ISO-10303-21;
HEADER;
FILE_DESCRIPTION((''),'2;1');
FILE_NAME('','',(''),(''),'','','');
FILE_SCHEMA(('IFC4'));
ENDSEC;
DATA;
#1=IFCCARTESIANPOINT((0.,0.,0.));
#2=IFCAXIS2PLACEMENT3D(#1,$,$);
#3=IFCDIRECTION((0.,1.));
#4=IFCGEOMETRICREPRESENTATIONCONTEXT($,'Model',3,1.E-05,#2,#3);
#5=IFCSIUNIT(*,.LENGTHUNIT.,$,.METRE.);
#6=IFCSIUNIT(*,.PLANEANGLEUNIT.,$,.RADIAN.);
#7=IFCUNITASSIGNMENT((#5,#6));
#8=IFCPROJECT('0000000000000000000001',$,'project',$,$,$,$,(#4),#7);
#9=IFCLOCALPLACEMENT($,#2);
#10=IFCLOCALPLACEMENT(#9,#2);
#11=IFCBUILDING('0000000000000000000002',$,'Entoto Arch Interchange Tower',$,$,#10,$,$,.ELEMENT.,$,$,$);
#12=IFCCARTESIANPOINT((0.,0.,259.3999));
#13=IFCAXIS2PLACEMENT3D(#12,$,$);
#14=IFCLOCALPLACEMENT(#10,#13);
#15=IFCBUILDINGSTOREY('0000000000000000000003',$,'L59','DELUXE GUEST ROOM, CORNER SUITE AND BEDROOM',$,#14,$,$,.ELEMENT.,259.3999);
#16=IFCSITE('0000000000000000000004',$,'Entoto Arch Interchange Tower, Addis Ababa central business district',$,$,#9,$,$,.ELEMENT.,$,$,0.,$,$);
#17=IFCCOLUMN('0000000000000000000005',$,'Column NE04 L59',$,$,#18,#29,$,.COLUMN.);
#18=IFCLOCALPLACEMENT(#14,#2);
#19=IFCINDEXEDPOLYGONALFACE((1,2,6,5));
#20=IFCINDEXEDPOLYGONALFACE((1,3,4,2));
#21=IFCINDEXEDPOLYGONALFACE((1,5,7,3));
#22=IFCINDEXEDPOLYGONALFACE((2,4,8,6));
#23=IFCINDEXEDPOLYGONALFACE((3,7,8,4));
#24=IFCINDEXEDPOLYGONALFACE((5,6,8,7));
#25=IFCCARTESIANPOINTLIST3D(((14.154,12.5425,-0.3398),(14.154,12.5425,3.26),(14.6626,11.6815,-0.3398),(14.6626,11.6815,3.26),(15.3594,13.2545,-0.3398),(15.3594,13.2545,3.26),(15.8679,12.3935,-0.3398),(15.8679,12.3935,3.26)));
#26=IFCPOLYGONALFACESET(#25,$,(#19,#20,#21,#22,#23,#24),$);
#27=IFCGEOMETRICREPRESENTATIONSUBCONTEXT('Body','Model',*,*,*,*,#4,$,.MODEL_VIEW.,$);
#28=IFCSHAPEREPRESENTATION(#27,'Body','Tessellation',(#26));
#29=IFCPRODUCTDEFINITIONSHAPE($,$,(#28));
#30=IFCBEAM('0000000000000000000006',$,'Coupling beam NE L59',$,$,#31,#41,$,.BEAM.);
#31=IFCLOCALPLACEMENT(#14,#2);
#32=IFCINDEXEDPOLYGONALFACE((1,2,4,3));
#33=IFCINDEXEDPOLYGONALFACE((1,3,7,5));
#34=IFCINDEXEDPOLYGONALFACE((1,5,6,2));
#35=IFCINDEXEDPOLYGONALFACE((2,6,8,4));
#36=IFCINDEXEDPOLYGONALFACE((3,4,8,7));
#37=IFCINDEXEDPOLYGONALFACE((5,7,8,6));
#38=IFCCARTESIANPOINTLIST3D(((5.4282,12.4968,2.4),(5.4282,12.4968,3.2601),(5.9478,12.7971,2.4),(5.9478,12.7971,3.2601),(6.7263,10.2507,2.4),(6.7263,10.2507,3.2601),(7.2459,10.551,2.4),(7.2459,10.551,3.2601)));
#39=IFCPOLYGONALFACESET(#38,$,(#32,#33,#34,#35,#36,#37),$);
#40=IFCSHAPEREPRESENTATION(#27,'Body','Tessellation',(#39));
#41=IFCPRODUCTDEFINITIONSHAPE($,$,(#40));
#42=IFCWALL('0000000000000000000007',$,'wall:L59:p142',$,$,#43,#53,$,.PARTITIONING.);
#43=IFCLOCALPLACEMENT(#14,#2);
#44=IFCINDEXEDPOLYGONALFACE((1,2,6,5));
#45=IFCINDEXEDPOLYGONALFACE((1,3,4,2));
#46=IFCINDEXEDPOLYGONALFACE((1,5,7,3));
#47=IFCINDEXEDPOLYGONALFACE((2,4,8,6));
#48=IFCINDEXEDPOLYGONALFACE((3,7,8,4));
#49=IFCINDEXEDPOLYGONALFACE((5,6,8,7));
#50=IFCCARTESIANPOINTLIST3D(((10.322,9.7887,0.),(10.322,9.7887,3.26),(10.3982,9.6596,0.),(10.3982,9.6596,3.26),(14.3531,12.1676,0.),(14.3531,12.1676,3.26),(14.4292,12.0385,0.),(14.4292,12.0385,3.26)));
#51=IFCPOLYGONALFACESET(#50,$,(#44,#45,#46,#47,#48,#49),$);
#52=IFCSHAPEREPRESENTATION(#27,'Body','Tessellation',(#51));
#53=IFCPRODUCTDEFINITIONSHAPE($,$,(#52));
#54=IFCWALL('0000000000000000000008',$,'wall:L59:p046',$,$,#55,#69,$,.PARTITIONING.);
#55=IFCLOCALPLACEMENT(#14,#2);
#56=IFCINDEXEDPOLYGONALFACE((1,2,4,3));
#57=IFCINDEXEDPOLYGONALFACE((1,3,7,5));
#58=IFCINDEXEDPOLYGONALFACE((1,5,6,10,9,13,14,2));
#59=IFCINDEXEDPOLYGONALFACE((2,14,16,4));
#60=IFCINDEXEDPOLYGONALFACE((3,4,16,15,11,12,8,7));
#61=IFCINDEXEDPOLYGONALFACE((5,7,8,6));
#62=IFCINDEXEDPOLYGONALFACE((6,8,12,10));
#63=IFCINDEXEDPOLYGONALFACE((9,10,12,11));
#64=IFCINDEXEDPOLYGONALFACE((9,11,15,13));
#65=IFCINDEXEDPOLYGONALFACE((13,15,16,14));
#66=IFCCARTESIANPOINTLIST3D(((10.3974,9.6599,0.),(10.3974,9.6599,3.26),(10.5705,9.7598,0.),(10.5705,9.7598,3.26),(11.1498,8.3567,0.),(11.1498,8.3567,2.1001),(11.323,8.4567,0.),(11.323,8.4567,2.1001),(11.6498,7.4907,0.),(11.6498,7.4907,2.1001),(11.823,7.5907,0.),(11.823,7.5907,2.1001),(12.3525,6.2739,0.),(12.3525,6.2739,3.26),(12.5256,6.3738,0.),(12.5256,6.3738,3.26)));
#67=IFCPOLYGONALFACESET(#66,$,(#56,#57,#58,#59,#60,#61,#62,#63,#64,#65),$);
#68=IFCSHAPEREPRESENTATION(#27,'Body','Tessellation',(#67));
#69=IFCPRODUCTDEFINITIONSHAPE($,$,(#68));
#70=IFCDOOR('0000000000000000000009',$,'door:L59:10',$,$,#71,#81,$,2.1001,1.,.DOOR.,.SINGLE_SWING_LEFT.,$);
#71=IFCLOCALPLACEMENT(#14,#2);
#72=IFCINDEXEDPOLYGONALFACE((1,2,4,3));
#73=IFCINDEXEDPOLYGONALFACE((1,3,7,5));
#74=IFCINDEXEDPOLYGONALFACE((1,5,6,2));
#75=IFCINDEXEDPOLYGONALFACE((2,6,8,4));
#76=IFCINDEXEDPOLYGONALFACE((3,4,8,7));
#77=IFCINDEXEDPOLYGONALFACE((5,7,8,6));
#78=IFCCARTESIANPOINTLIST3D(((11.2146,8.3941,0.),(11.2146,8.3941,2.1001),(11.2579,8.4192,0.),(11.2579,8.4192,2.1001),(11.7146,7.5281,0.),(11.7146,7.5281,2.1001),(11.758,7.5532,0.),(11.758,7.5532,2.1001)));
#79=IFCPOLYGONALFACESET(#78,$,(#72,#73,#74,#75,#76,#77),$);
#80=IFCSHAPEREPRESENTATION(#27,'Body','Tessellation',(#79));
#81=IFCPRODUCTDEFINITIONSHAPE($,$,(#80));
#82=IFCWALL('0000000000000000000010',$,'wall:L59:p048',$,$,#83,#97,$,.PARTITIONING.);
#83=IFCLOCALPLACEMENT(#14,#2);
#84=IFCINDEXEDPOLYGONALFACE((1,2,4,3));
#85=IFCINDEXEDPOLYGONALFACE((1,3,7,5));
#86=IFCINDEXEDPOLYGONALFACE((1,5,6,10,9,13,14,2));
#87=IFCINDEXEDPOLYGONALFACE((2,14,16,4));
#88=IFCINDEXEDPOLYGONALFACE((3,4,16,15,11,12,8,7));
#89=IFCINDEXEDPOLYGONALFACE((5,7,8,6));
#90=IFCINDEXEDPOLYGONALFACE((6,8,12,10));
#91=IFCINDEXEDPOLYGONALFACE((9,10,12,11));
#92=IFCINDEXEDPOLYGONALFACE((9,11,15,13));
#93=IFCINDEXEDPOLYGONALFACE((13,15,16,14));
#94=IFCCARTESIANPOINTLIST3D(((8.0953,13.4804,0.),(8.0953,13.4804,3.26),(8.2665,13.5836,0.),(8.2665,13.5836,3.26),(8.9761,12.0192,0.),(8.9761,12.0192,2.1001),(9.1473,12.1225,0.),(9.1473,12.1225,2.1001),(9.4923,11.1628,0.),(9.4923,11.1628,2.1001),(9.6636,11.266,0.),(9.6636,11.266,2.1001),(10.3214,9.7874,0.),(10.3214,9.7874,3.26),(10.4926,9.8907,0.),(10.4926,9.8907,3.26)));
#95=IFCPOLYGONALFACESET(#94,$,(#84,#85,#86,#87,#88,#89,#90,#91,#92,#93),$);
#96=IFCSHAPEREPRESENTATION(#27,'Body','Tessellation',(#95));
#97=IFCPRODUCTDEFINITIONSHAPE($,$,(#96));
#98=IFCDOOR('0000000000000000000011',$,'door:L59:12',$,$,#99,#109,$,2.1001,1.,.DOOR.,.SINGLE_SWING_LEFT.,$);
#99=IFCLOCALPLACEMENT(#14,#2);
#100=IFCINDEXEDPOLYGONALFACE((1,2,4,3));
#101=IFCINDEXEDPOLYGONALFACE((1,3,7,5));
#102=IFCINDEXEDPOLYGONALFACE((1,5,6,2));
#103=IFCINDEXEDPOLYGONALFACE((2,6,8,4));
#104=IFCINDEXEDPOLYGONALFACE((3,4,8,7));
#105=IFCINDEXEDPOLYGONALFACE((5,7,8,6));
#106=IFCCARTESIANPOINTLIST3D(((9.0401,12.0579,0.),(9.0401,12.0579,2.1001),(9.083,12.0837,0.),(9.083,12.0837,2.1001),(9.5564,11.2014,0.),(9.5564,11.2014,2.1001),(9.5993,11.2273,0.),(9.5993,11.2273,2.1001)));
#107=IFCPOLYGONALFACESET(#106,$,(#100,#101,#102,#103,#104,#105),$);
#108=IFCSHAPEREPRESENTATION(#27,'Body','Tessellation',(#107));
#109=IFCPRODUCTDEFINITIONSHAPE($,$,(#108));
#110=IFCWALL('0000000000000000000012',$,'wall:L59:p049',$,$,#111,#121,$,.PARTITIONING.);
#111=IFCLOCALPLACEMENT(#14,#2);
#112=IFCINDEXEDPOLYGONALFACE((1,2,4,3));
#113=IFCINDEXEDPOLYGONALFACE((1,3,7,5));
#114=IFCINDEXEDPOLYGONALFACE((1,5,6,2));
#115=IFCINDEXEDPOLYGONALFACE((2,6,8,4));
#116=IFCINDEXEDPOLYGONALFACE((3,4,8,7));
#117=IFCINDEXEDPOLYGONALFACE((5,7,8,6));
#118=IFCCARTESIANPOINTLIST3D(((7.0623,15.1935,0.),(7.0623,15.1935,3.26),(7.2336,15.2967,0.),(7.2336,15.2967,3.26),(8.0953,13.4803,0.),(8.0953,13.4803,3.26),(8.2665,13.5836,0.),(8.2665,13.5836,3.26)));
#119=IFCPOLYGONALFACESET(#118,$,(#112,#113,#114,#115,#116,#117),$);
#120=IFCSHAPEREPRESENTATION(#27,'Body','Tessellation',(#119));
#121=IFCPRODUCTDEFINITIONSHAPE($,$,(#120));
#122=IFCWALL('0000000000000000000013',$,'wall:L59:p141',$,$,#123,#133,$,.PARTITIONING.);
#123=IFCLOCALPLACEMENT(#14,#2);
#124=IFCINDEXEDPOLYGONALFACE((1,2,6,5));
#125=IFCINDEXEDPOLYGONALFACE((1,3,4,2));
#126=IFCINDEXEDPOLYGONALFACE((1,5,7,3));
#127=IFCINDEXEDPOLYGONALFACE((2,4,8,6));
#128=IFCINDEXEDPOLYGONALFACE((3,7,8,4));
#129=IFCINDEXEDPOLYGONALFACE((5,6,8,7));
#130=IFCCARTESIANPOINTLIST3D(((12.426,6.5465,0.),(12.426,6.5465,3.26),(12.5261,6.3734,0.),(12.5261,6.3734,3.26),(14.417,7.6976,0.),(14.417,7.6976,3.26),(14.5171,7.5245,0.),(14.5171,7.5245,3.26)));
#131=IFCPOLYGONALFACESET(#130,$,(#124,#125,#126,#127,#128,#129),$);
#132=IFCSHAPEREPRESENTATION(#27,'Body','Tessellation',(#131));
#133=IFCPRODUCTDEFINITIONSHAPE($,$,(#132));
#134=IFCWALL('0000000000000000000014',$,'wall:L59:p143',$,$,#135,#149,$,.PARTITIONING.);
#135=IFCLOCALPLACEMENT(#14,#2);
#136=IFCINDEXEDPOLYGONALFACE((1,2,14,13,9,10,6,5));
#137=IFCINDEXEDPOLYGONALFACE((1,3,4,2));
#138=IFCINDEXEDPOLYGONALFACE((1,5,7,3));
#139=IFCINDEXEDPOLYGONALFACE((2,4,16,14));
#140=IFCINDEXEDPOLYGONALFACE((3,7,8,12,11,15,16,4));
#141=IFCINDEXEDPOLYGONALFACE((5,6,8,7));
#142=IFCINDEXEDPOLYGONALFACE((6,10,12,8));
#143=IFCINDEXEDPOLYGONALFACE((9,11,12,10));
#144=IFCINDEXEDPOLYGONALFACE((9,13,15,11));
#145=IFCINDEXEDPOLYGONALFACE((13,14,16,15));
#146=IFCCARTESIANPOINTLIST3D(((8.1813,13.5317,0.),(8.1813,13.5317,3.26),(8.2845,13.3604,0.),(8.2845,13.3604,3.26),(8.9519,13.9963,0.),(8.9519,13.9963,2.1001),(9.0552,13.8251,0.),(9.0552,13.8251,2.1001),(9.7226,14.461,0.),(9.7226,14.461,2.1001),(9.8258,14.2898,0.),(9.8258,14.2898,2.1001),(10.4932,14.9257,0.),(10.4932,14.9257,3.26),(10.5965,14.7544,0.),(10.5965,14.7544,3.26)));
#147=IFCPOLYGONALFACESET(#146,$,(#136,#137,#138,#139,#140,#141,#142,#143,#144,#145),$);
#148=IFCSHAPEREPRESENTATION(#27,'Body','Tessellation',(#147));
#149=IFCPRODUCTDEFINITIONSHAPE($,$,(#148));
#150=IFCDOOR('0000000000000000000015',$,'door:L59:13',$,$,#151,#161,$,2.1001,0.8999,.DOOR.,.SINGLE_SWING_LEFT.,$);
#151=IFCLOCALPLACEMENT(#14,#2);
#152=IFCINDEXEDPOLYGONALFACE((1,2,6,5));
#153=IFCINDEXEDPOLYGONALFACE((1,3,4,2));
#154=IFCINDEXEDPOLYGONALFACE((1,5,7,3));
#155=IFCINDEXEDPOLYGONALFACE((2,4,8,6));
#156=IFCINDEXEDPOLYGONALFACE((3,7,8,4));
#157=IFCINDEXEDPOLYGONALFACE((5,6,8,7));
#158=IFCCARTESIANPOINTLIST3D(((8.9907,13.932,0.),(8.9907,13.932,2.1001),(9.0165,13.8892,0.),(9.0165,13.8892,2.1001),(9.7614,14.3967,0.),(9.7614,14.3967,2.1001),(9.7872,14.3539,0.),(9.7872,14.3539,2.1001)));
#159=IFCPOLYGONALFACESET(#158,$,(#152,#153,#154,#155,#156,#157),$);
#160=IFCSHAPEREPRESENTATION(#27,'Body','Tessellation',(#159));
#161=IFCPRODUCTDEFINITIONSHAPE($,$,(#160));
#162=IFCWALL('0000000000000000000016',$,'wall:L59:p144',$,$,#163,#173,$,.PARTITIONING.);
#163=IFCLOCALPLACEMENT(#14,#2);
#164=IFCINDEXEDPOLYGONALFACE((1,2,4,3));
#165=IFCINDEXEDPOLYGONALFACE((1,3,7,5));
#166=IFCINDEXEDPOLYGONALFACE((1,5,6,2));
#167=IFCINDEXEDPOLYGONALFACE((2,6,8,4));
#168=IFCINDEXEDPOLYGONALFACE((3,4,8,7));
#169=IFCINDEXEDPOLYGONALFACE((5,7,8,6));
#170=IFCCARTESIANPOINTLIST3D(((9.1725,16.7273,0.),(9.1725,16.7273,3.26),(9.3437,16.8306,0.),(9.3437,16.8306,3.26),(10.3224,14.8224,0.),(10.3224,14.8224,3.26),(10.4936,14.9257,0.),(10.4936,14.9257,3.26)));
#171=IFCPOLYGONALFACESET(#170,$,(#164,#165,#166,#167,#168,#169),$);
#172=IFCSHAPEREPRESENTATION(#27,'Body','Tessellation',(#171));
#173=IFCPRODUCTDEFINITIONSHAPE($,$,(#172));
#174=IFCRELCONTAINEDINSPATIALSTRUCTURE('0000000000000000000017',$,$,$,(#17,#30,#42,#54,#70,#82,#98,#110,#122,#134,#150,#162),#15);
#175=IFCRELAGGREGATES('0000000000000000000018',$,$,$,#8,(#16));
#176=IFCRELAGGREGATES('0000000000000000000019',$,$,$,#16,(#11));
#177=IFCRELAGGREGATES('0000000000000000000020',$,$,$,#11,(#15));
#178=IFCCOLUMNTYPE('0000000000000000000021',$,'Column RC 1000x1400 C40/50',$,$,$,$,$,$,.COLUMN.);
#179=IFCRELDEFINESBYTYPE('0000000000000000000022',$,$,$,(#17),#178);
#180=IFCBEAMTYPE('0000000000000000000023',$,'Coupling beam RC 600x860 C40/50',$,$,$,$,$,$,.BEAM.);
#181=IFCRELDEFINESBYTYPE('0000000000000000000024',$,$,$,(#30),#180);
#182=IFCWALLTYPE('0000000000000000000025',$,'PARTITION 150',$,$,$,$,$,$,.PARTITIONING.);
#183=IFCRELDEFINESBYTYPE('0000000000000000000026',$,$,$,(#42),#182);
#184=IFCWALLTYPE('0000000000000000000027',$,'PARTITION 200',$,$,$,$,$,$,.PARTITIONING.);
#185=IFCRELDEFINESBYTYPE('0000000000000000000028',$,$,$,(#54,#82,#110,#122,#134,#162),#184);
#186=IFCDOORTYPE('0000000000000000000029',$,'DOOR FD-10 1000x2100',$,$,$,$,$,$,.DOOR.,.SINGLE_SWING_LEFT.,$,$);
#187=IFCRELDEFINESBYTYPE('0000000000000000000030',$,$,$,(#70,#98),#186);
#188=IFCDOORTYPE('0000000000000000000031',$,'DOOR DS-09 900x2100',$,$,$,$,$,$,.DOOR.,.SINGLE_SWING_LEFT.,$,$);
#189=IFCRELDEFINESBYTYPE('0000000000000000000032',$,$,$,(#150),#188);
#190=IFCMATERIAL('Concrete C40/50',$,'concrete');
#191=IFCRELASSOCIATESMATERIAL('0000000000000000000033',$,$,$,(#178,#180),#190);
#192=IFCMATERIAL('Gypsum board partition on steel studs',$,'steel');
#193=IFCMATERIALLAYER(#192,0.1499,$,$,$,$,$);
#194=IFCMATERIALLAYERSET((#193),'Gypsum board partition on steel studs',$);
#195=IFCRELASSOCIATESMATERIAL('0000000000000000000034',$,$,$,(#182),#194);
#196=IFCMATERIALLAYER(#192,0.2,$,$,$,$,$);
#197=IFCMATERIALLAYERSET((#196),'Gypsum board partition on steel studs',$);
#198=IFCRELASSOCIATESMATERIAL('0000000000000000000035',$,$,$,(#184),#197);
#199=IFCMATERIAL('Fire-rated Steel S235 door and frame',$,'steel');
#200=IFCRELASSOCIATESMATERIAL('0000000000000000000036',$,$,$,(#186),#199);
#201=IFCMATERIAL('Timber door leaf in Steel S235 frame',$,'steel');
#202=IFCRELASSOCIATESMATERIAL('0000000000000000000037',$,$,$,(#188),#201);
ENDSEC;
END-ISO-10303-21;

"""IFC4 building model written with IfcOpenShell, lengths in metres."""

from ifc_helpers import new_model, si_unit, direction, frame, frame_2d, origin, origin_2d, place, context, subcontext, project, spatial, rectangle, extrude, material, layer, layer_set, material_profile, profile_set, type_object, element, fill, save


model = new_model("IFC4")

# Units and contexts
model_context = context("Model", 3, precision=1e-05, world=origin(), true_north=direction((0.0, 1.0)))
body_context = subcontext(model_context, "Body", "Model", "MODEL_VIEW")
ifc_project = project(units=[si_unit("LENGTHUNIT", "METRE"), si_unit("PLANEANGLEUNIT", "RADIAN")], contexts=[model_context])

# Site, building, storey
site_placement = place(None, origin())
site = spatial("IfcSite", under=ifc_project, at=site_placement, Name="Entoto Arch Interchange Tower, Addis Ababa central business district", CompositionType="ELEMENT", RefElevation=0.0)
building_placement = place(site_placement, origin())
building = spatial("IfcBuilding", under=site, at=building_placement, Name="Entoto Arch Interchange Tower", CompositionType="ELEMENT")
storey_placement = place(building_placement, frame((0.0, 0.0, 259.3999)))
storey = spatial("IfcBuildingStorey", under=building, at=storey_placement, Name="L59", Description="DELUXE GUEST ROOM, CORNER SUITE AND BEDROOM", CompositionType="ELEMENT", Elevation=259.3999)

# Column
ifc_material_1 = material(Name="Concrete C40/50", Category="concrete")
ifc_material_profile_1 = material_profile(ifc_material_1, rectangle(XDim=1.0, YDim=1.3999, at=origin_2d()))
ifc_profile_set_1 = profile_set([ifc_material_profile_1], Name="Concrete C40/50")
column_type = type_object("IfcColumnType", Name="Column RC 1000x1400 C40/50", PredefinedType="COLUMN", material=ifc_profile_set_1)
column_placement = place(storey_placement, frame((15.011, 12.468, -0.3398), z_axis=(0.0, 0.0, 1.0), x_axis=(-0.508576, 0.861017, 0.0)))
element("IfcColumn", 1, at=column_placement, inside=storey, type_object=column_type, Name="Column NE04 L59", PredefinedType="COLUMN", context=body_context, shape_type="SweptSolid", body=[
    extrude(rectangle(XDim=1.0, YDim=1.3999, at=origin_2d()), origin(), (0.0, 0.0, 1.0), 3.5999),
])

# Beam
ifc_material_profile_2 = material_profile(ifc_material_1, rectangle(XDim=0.6001, YDim=0.8601, at=origin_2d()))
ifc_profile_set_2 = profile_set([ifc_material_profile_2], Name="Concrete C40/50")
beam_type = type_object("IfcBeamType", Name="Coupling beam RC 600x860 C40/50", PredefinedType="BEAM", material=ifc_profile_set_2)
beam_placement = place(storey_placement, frame((6.9861, 10.4009, 2.8301), z_axis=(-0.50038, 0.865806, 0.0), x_axis=(-0.865806, -0.50038, 0.0)))
element("IfcBeam", 2, at=beam_placement, inside=storey, type_object=beam_type, Name="Coupling beam NE L59", PredefinedType="BEAM", context=body_context, shape_type="SweptSolid", body=[
    extrude(rectangle(XDim=0.6001, YDim=0.8601, at=origin_2d()), origin(), (0.0, 0.0, 1.0), 2.5942),
])

# Wall
ifc_material_2 = material(Name="Gypsum board partition on steel studs", Category="steel")
ifc_layer_1 = layer(ifc_material_2, 0.1499)
ifc_layer_set_1 = layer_set([ifc_layer_1], Name="Gypsum board partition on steel studs")
wall_type_1 = type_object("IfcWallType", Name="PARTITION 150", PredefinedType="PARTITIONING", material=ifc_layer_set_1)
wall_1_placement = place(storey_placement, frame((10.3601, 9.7241, 0.0), z_axis=(0.0, 0.0, 1.0), x_axis=(0.861212, 0.508246, 0.0)))
element("IfcWall", 3, at=wall_1_placement, inside=storey, type_object=wall_type_1, Name="wall:L59:p142", PredefinedType="PARTITIONING", context=body_context, shape_type="SweptSolid", body=[
    extrude(rectangle(XDim=4.6807, YDim=0.1499, at=frame_2d((2.3403, 0.0))), origin(), (0.0, 0.0, 1.0), 3.26),
])

# Walls, openings, doors
ifc_layer_2 = layer(ifc_material_2, 0.2)
ifc_layer_set_2 = layer_set([ifc_layer_2], Name="Gypsum board partition on steel studs")
wall_type_2 = type_object("IfcWallType", Name="PARTITION 200", PredefinedType="PARTITIONING", material=ifc_layer_set_2)
wall_2_placement = place(storey_placement, frame((10.4839, 9.71, 0.0), z_axis=(0.0, 0.0, 1.0), x_axis=(0.500034, -0.866006, 0.0)))
wall_2 = element("IfcWall", 4, at=wall_2_placement, inside=storey, type_object=wall_type_2, Name="wall:L59:p046", PredefinedType="PARTITIONING", context=body_context, shape_type="SweptSolid", body=[
    extrude(rectangle(XDim=3.9099, YDim=0.2, at=frame_2d((1.9551, 0.0))), origin(), (0.0, 0.0, 1.0), 3.26),
])
opening_1_placement = place(wall_2_placement, frame((1.5049, 0.0, 0.0)))
opening_1 = element("IfcOpeningElement", 5, at=opening_1_placement, cuts=wall_2, PredefinedType="OPENING", context=body_context, shape_type="SweptSolid", body=[
    extrude(rectangle(XDim=1.0, YDim=2.1001, at=frame_2d((0.5, 1.05))), frame((0.0, 0.1099, 0.0), z_axis=(0.0, -1.0, 0.0), x_axis=(1.0, 0.0, 0.0)), (0.0, 0.0, 1.0), 0.22),
])
ifc_material_3 = material(Name="Fire-rated Steel S235 door and frame", Category="steel")
door_type_1 = type_object("IfcDoorType", Name="DOOR FD-10 1000x2100", OperationType="SINGLE_SWING_LEFT", PredefinedType="DOOR", material=ifc_material_3)
door_1_placement = place(opening_1_placement, origin())
door_1 = element("IfcDoor", 6, at=door_1_placement, inside=storey, type_object=door_type_1, Name="door:L59:10", OperationType="SINGLE_SWING_LEFT", OverallHeight=2.1001, OverallWidth=1.0, PredefinedType="DOOR", context=body_context, shape_type="SweptSolid", body=[
    extrude(rectangle(XDim=1.0, YDim=2.1001, at=frame_2d((0.5, 1.05))), frame((0.0, 0.0249, 0.0), z_axis=(0.0, -1.0, 0.0), x_axis=(1.0, 0.0, 0.0)), (0.0, 0.0, 1.0), 0.05),
])
fill(opening_1, door_1)
wall_3_placement = place(storey_placement, frame((8.1809, 13.532, 0.0), z_axis=(0.0, 0.0, 1.0), x_axis=(0.51626, -0.856432, 0.0)))
wall_3 = element("IfcWall", 7, at=wall_3_placement, inside=storey, type_object=wall_type_2, Name="wall:L59:p048", PredefinedType="PARTITIONING", context=body_context, shape_type="SweptSolid", body=[
    extrude(rectangle(XDim=4.312, YDim=0.2, at=frame_2d((2.156, 0.0))), origin(), (0.0, 0.0, 1.0), 3.26),
])
opening_2_placement = place(wall_3_placement, frame((1.7061, 0.0, 0.0)))
opening_2 = element("IfcOpeningElement", 8, at=opening_2_placement, cuts=wall_3, PredefinedType="OPENING", context=body_context, shape_type="SweptSolid", body=[
    extrude(rectangle(XDim=1.0, YDim=2.1001, at=frame_2d((0.5, 1.05))), frame((0.0, 0.1099, 0.0), z_axis=(0.0, -1.0, 0.0), x_axis=(1.0, 0.0, 0.0)), (0.0, 0.0, 1.0), 0.22),
])
door_2_placement = place(opening_2_placement, origin())
door_2 = element("IfcDoor", 9, at=door_2_placement, inside=storey, type_object=door_type_1, Name="door:L59:12", OperationType="SINGLE_SWING_LEFT", OverallHeight=2.1001, OverallWidth=1.0, PredefinedType="DOOR", context=body_context, shape_type="SweptSolid", body=[
    extrude(rectangle(XDim=1.0, YDim=2.1001, at=frame_2d((0.5, 1.05))), frame((0.0, 0.0249, 0.0), z_axis=(0.0, -1.0, 0.0), x_axis=(1.0, 0.0, 0.0)), (0.0, 0.0, 1.0), 0.05),
])
fill(opening_2, door_2)

# Walls
wall_4_placement = place(storey_placement, frame((7.1479, 15.2451, 0.0), z_axis=(0.0, 0.0, 1.0), x_axis=(0.516361, -0.856371, 0.0)))
element("IfcWall", 10, at=wall_4_placement, inside=storey, type_object=wall_type_2, Name="wall:L59:p049", PredefinedType="PARTITIONING", context=body_context, shape_type="SweptSolid", body=[
    extrude(rectangle(XDim=2.0005, YDim=0.2, at=frame_2d((1.0002, 0.0))), origin(), (0.0, 0.0, 1.0), 3.26),
])
wall_5_placement = place(storey_placement, frame((14.467, 7.6111, 0.0), z_axis=(0.0, 0.0, 1.0), x_axis=(-0.865717, -0.500534, 0.0)))
element("IfcWall", 11, at=wall_5_placement, inside=storey, type_object=wall_type_2, Name="wall:L59:p141", PredefinedType="PARTITIONING", context=body_context, shape_type="SweptSolid", body=[
    extrude(rectangle(XDim=2.2998, YDim=0.2, at=frame_2d((1.1499, 0.0))), origin(), (0.0, 0.0, 1.0), 3.26),
])

# Wall, opening, door
wall_6_placement = place(storey_placement, frame((8.2329, 13.446, 0.0), z_axis=(0.0, 0.0, 1.0), x_axis=(0.856374, 0.516356, 0.0)))
wall_6 = element("IfcWall", 12, at=wall_6_placement, inside=storey, type_object=wall_type_2, Name="wall:L59:p143", PredefinedType="PARTITIONING", context=body_context, shape_type="SweptSolid", body=[
    extrude(rectangle(XDim=2.6997, YDim=0.2, at=frame_2d((1.3499, 0.0))), origin(), (0.0, 0.0, 1.0), 3.26),
])
opening_3_placement = place(wall_6_placement, frame((0.8999, 0.0, 0.0)))
opening_3 = element("IfcOpeningElement", 13, at=opening_3_placement, cuts=wall_6, PredefinedType="OPENING", context=body_context, shape_type="SweptSolid", body=[
    extrude(rectangle(XDim=0.8999, YDim=2.1001, at=frame_2d((0.45, 1.05))), frame((0.0, 0.1099, 0.0), z_axis=(0.0, -1.0, 0.0), x_axis=(1.0, 0.0, 0.0)), (0.0, 0.0, 1.0), 0.22),
])
ifc_material_4 = material(Name="Timber door leaf in Steel S235 frame", Category="steel")
door_type_2 = type_object("IfcDoorType", Name="DOOR DS-09 900x2100", OperationType="SINGLE_SWING_LEFT", PredefinedType="DOOR", material=ifc_material_4)
door_3_placement = place(opening_3_placement, origin())
door_3 = element("IfcDoor", 14, at=door_3_placement, inside=storey, type_object=door_type_2, Name="door:L59:13", OperationType="SINGLE_SWING_LEFT", OverallHeight=2.1001, OverallWidth=0.8999, PredefinedType="DOOR", context=body_context, shape_type="SweptSolid", body=[
    extrude(rectangle(XDim=0.8999, YDim=2.1001, at=frame_2d((0.45, 1.05))), frame((0.0, 0.0249, 0.0), z_axis=(0.0, -1.0, 0.0), x_axis=(1.0, 0.0, 0.0)), (0.0, 0.0, 1.0), 0.05),
])
fill(opening_3, door_3)

# Wall
wall_7_placement = place(storey_placement, frame((10.408, 14.874, 0.0), z_axis=(0.0, 0.0, 1.0), x_axis=(-0.516769, 0.856125, 0.0)))
element("IfcWall", 15, at=wall_7_placement, inside=storey, type_object=wall_type_2, Name="wall:L59:p144", PredefinedType="PARTITIONING", context=body_context, shape_type="SweptSolid", body=[
    extrude(rectangle(XDim=2.2251, YDim=0.2, at=frame_2d((1.1125, 0.0))), origin(), (0.0, 0.0, 1.0), 3.26),
])

save(model, "model.ifc")
